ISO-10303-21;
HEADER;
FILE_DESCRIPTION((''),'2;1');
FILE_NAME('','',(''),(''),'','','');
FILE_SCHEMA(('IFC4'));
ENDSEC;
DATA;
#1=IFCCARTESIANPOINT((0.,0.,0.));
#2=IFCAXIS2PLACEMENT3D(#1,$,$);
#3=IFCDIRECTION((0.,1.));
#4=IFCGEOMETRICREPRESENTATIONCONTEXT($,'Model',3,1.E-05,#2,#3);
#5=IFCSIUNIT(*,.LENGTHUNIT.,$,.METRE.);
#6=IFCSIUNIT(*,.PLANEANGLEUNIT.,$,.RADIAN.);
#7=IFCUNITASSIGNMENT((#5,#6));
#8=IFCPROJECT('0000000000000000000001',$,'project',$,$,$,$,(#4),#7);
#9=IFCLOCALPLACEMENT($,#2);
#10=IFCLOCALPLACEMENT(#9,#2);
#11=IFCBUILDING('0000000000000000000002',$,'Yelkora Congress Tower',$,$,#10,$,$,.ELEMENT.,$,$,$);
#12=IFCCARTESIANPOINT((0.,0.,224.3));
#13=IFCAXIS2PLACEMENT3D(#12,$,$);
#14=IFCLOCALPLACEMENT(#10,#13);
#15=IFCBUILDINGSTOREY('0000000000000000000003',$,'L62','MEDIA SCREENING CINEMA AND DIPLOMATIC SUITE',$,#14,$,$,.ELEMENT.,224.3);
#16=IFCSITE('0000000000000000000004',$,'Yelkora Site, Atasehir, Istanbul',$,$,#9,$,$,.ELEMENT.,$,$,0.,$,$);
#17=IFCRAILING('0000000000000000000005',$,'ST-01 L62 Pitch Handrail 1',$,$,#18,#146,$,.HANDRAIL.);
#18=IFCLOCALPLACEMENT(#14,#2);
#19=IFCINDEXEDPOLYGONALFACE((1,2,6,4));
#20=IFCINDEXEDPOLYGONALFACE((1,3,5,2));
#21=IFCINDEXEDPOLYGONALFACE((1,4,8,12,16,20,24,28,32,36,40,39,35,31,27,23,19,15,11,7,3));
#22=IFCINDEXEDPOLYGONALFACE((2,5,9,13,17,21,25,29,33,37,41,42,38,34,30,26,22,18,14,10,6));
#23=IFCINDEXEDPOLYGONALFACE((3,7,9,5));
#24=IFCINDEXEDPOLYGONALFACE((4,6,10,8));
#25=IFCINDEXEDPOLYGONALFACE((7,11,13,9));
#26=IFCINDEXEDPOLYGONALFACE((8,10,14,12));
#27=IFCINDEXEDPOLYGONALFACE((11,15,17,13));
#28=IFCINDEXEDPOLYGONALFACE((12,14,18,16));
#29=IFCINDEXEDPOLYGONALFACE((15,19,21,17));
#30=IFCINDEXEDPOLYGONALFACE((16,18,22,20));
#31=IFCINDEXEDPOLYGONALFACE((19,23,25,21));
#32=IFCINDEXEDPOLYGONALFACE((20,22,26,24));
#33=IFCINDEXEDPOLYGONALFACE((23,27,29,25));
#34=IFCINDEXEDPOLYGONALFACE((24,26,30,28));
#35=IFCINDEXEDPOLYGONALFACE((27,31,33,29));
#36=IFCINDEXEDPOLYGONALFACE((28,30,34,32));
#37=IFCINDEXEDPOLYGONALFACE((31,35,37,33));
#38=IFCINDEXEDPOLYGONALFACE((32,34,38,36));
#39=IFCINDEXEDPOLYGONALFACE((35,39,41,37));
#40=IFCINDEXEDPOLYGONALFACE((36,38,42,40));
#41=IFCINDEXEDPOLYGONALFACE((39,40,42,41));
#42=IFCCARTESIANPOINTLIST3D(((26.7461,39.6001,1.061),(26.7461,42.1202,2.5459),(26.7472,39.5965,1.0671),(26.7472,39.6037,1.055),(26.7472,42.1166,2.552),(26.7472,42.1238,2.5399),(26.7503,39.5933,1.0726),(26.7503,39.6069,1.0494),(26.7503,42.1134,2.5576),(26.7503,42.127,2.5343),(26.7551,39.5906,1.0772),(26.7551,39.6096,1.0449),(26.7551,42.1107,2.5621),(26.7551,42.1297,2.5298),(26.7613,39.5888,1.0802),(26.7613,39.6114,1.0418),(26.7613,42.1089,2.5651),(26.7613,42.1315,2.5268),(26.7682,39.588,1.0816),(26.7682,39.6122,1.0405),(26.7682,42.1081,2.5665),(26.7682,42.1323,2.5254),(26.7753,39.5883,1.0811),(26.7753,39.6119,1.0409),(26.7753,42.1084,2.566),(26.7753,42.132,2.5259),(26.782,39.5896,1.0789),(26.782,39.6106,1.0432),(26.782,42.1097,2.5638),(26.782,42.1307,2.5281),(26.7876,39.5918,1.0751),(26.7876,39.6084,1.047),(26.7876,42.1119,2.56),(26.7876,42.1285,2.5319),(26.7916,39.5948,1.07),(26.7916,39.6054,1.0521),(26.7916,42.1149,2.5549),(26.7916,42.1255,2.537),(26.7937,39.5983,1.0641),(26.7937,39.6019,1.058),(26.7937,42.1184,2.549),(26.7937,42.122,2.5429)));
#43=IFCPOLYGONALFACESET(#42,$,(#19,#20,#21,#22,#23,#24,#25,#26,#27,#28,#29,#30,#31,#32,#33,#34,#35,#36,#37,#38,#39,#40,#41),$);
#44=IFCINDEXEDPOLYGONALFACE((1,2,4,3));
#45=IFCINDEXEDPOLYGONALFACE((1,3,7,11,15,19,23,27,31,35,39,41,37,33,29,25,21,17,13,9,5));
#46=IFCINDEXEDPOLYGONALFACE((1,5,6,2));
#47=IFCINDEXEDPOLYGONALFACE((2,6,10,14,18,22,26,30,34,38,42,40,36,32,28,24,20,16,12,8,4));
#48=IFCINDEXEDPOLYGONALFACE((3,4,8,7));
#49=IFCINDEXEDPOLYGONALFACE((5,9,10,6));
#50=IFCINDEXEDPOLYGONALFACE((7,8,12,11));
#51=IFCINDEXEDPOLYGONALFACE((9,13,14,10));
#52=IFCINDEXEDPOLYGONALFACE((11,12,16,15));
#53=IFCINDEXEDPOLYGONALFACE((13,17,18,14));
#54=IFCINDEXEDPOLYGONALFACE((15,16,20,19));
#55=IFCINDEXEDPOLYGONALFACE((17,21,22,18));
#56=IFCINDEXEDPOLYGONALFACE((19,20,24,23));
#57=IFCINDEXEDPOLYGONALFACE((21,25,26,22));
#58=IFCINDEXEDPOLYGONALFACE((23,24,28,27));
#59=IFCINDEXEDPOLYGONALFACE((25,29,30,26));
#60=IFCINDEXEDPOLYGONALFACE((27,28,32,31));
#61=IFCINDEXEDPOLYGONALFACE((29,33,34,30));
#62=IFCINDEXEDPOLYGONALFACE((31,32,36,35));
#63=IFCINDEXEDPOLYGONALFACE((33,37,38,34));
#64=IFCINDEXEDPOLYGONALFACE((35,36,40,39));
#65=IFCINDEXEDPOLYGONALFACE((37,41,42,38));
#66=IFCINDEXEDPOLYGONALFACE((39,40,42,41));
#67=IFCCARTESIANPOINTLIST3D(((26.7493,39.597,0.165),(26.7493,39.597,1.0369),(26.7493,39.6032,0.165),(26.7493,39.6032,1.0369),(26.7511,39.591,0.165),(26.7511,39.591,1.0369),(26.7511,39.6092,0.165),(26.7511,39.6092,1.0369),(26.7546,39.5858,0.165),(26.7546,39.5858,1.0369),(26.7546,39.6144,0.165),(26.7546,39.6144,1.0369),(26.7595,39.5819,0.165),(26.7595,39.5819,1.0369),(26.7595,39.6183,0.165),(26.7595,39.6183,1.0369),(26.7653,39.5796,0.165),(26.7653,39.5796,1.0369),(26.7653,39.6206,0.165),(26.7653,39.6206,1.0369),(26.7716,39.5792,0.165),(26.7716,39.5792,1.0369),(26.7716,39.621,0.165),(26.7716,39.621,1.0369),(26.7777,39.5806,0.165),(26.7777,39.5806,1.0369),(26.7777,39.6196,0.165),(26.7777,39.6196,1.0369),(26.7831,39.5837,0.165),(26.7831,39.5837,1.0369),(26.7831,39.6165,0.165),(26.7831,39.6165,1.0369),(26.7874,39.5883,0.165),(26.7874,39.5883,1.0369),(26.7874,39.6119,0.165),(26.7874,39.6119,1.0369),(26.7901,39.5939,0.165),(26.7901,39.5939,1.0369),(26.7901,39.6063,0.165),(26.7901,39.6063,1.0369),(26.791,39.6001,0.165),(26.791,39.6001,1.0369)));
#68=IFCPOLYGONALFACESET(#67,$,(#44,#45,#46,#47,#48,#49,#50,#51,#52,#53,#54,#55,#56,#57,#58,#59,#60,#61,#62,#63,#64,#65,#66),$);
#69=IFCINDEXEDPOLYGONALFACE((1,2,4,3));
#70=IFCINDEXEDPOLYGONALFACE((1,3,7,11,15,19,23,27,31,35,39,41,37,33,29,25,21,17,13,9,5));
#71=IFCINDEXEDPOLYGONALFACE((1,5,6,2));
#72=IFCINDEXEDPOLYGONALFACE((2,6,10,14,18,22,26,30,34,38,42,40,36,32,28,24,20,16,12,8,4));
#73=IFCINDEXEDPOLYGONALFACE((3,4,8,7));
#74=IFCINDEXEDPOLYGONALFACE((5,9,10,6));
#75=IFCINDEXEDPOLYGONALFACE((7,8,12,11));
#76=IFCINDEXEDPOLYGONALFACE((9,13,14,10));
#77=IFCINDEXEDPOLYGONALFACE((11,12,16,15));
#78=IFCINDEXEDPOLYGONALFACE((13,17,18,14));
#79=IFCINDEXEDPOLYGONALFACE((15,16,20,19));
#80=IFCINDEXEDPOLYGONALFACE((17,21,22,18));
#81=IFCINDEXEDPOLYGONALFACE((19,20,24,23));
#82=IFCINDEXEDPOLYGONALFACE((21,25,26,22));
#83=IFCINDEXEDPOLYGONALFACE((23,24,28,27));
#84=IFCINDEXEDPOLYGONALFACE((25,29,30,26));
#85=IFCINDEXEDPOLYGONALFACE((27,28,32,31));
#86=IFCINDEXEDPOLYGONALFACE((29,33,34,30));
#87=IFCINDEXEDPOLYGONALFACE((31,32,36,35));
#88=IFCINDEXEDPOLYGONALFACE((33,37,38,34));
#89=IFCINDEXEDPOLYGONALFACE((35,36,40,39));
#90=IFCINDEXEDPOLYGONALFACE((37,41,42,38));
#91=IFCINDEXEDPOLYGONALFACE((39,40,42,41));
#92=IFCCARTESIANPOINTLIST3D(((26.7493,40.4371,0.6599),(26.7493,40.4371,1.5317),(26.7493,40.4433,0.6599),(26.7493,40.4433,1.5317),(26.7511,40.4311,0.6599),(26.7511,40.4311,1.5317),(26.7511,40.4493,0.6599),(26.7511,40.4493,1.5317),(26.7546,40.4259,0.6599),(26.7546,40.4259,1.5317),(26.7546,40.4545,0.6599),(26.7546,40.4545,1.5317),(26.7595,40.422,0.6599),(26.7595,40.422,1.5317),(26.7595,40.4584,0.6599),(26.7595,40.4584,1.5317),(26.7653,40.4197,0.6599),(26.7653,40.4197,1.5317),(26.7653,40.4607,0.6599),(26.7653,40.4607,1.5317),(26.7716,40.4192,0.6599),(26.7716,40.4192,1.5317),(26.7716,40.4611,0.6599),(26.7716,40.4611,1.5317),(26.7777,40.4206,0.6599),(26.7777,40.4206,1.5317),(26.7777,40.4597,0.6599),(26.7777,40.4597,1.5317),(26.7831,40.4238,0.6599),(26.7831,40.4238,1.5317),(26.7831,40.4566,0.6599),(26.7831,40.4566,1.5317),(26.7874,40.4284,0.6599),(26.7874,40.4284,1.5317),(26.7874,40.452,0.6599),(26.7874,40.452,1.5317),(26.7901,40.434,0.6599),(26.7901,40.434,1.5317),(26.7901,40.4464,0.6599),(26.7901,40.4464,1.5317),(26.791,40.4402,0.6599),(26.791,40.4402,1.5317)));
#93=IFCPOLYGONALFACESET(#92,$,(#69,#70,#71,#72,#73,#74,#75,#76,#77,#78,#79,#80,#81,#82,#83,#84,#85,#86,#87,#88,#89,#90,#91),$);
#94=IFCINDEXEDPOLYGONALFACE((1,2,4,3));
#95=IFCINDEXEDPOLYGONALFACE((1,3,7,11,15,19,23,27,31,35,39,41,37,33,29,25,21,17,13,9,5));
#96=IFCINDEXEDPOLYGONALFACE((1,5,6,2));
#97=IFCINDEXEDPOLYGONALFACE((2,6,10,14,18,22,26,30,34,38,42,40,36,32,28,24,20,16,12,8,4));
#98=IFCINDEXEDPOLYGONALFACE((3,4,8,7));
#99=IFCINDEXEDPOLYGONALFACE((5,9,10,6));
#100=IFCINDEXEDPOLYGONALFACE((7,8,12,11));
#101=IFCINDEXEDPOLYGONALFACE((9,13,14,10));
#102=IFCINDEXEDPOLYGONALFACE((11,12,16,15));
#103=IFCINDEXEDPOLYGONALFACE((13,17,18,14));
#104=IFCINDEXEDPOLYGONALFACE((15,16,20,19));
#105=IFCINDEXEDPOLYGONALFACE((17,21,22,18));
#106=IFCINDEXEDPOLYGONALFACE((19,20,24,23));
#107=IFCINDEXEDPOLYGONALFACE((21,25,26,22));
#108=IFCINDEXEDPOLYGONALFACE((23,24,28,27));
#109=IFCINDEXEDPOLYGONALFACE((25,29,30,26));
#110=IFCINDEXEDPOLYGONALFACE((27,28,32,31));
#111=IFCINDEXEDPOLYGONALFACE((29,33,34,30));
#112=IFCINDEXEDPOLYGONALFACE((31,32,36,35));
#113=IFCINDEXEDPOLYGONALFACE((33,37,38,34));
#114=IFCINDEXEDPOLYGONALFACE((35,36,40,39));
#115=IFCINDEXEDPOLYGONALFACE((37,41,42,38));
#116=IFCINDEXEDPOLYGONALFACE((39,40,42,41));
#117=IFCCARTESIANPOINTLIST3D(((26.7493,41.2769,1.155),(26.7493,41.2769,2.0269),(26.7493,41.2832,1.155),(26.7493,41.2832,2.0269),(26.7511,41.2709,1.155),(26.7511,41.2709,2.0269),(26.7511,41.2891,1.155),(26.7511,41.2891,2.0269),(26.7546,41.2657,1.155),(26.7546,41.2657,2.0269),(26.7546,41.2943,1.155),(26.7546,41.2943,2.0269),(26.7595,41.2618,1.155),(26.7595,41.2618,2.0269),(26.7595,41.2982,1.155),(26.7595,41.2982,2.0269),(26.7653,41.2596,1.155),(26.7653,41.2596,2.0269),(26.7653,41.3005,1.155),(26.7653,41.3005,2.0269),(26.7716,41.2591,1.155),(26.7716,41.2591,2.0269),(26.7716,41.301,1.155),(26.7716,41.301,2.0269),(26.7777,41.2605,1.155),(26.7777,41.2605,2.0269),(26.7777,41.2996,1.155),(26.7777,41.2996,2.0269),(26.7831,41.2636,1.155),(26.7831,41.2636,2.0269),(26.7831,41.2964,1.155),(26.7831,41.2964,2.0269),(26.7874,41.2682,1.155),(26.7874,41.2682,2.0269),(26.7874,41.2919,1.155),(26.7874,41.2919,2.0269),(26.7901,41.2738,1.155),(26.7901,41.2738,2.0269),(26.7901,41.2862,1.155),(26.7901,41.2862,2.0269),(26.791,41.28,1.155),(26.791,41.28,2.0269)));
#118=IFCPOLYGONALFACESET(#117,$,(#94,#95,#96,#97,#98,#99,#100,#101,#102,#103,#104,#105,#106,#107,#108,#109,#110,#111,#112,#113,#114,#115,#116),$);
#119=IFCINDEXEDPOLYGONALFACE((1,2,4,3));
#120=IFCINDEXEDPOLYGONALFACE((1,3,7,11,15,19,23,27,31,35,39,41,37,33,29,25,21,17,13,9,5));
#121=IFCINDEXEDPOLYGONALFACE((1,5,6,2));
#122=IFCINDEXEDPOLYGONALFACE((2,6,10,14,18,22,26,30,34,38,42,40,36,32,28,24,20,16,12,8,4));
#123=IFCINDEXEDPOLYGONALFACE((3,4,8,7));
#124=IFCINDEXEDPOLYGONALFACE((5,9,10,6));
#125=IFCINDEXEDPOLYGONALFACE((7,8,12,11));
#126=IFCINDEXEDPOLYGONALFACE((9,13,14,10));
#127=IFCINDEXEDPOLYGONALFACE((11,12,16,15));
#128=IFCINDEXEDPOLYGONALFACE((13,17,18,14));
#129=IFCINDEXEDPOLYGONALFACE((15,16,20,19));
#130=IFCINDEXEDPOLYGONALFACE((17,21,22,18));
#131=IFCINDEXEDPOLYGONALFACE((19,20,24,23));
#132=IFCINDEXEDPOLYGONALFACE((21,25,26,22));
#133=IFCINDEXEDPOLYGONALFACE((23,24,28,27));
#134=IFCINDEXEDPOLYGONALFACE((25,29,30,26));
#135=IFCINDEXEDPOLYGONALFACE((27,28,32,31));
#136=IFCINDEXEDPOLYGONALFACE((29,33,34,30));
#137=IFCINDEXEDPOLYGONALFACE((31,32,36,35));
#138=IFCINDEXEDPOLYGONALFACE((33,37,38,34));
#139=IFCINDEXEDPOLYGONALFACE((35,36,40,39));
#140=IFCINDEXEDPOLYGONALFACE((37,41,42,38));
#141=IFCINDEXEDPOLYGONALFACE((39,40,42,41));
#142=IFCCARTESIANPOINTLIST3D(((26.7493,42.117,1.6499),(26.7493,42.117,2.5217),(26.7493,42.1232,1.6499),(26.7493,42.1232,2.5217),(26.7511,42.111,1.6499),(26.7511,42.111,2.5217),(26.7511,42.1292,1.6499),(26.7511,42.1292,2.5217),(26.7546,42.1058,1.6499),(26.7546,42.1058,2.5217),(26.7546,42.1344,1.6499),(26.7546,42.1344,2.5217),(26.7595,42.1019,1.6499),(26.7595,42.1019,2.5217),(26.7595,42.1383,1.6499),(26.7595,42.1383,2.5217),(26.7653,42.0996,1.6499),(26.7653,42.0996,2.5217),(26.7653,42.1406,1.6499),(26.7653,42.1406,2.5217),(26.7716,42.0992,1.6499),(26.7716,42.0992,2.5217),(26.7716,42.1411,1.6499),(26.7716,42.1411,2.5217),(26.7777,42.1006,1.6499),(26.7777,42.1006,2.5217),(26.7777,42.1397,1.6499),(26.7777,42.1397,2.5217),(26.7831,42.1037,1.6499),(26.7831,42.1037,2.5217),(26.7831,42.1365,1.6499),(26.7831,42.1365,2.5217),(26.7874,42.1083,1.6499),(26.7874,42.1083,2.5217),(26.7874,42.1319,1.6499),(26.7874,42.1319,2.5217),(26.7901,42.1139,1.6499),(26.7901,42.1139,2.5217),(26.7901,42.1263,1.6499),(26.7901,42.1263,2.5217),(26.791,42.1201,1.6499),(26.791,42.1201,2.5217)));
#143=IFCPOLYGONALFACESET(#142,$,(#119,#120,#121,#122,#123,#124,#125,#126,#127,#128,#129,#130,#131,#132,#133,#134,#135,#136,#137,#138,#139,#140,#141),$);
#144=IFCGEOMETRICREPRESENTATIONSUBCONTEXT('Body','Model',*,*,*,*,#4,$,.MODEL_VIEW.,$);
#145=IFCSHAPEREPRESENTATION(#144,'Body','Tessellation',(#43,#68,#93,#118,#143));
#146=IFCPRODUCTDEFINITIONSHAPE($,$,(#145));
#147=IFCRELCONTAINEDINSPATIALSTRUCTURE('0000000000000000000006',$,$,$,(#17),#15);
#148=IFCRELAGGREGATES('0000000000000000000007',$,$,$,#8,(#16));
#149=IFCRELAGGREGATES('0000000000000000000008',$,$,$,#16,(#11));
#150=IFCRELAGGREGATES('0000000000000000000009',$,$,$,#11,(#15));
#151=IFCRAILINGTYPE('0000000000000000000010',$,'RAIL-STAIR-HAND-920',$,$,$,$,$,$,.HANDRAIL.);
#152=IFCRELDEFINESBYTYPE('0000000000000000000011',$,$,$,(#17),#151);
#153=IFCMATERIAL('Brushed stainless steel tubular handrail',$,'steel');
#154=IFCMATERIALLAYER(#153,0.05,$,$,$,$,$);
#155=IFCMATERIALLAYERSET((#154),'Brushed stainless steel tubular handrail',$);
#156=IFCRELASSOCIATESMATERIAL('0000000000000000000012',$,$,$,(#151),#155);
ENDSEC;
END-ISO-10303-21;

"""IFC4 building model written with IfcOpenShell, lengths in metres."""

from ifc_helpers import new_model, si_unit, direction, frame, origin, origin_2d, place, context, subcontext, project, spatial, circle, extrude, material, layer, layer_set, type_object, element, save


model = new_model("IFC4")

# Units and contexts
model_context = context("Model", 3, precision=1e-05, world=origin(), true_north=direction((0.0, 1.0)))
body_context = subcontext(model_context, "Body", "Model", "MODEL_VIEW")
ifc_project = project(units=[si_unit("LENGTHUNIT", "METRE"), si_unit("PLANEANGLEUNIT", "RADIAN")], contexts=[model_context])

# Site, building, storey
site_placement = place(None, origin())
site = spatial("IfcSite", under=ifc_project, at=site_placement, Name="Yelkora Site, Atasehir, Istanbul", CompositionType="ELEMENT", RefElevation=0.0)
building_placement = place(site_placement, origin())
building = spatial("IfcBuilding", under=site, at=building_placement, Name="Yelkora Congress Tower", CompositionType="ELEMENT")
storey_placement = place(building_placement, frame((0.0, 0.0, 224.3)))
storey = spatial("IfcBuildingStorey", under=building, at=storey_placement, Name="L62", Description="MEDIA SCREENING CINEMA AND DIPLOMATIC SUITE", CompositionType="ELEMENT", Elevation=224.3)

# Railing
ifc_material_1 = material(Name="Brushed stainless steel tubular handrail", Category="steel")
ifc_layer_1 = layer(ifc_material_1, 0.05)
ifc_layer_set_1 = layer_set([ifc_layer_1], Name="Brushed stainless steel tubular handrail")
railing_type_1 = type_object("IfcRailingType", Name="RAIL-STAIR-HAND-920", PredefinedType="HANDRAIL", material=ifc_layer_set_1)
railing_1_placement = place(storey_placement, frame((26.77, 39.6001, 0.165)))
element("IfcRailing", 1, at=railing_1_placement, inside=storey, type_object=railing_type_1, Name="ST-01 L62 Pitch Handrail 1", PredefinedType="HANDRAIL", context=body_context, shape_type="SweptSolid", body=[
    extrude(circle(Radius=0.0239, at=origin_2d()), frame((0.0, 0.0, 0.896), z_axis=(0.0, 0.861561, 0.507655), x_axis=(-1.0, 0.0, 0.0)), (0.0, 0.0, 1.0), 2.925),
    extrude(circle(Radius=0.021, at=origin_2d()), origin(), (0.0, 0.0, 1.0), 0.8718),
    extrude(circle(Radius=0.021, at=origin_2d()), frame((0.0, 0.8401, 0.4949)), (0.0, 0.0, 1.0), 0.8718),
    extrude(circle(Radius=0.021, at=origin_2d()), frame((0.0, 1.6799, 0.99)), (0.0, 0.0, 1.0), 0.8718),
    extrude(circle(Radius=0.021, at=origin_2d()), frame((0.0, 2.52, 1.4849)), (0.0, 0.0, 1.0), 0.8718),
])

save(model, "model.ifc")
